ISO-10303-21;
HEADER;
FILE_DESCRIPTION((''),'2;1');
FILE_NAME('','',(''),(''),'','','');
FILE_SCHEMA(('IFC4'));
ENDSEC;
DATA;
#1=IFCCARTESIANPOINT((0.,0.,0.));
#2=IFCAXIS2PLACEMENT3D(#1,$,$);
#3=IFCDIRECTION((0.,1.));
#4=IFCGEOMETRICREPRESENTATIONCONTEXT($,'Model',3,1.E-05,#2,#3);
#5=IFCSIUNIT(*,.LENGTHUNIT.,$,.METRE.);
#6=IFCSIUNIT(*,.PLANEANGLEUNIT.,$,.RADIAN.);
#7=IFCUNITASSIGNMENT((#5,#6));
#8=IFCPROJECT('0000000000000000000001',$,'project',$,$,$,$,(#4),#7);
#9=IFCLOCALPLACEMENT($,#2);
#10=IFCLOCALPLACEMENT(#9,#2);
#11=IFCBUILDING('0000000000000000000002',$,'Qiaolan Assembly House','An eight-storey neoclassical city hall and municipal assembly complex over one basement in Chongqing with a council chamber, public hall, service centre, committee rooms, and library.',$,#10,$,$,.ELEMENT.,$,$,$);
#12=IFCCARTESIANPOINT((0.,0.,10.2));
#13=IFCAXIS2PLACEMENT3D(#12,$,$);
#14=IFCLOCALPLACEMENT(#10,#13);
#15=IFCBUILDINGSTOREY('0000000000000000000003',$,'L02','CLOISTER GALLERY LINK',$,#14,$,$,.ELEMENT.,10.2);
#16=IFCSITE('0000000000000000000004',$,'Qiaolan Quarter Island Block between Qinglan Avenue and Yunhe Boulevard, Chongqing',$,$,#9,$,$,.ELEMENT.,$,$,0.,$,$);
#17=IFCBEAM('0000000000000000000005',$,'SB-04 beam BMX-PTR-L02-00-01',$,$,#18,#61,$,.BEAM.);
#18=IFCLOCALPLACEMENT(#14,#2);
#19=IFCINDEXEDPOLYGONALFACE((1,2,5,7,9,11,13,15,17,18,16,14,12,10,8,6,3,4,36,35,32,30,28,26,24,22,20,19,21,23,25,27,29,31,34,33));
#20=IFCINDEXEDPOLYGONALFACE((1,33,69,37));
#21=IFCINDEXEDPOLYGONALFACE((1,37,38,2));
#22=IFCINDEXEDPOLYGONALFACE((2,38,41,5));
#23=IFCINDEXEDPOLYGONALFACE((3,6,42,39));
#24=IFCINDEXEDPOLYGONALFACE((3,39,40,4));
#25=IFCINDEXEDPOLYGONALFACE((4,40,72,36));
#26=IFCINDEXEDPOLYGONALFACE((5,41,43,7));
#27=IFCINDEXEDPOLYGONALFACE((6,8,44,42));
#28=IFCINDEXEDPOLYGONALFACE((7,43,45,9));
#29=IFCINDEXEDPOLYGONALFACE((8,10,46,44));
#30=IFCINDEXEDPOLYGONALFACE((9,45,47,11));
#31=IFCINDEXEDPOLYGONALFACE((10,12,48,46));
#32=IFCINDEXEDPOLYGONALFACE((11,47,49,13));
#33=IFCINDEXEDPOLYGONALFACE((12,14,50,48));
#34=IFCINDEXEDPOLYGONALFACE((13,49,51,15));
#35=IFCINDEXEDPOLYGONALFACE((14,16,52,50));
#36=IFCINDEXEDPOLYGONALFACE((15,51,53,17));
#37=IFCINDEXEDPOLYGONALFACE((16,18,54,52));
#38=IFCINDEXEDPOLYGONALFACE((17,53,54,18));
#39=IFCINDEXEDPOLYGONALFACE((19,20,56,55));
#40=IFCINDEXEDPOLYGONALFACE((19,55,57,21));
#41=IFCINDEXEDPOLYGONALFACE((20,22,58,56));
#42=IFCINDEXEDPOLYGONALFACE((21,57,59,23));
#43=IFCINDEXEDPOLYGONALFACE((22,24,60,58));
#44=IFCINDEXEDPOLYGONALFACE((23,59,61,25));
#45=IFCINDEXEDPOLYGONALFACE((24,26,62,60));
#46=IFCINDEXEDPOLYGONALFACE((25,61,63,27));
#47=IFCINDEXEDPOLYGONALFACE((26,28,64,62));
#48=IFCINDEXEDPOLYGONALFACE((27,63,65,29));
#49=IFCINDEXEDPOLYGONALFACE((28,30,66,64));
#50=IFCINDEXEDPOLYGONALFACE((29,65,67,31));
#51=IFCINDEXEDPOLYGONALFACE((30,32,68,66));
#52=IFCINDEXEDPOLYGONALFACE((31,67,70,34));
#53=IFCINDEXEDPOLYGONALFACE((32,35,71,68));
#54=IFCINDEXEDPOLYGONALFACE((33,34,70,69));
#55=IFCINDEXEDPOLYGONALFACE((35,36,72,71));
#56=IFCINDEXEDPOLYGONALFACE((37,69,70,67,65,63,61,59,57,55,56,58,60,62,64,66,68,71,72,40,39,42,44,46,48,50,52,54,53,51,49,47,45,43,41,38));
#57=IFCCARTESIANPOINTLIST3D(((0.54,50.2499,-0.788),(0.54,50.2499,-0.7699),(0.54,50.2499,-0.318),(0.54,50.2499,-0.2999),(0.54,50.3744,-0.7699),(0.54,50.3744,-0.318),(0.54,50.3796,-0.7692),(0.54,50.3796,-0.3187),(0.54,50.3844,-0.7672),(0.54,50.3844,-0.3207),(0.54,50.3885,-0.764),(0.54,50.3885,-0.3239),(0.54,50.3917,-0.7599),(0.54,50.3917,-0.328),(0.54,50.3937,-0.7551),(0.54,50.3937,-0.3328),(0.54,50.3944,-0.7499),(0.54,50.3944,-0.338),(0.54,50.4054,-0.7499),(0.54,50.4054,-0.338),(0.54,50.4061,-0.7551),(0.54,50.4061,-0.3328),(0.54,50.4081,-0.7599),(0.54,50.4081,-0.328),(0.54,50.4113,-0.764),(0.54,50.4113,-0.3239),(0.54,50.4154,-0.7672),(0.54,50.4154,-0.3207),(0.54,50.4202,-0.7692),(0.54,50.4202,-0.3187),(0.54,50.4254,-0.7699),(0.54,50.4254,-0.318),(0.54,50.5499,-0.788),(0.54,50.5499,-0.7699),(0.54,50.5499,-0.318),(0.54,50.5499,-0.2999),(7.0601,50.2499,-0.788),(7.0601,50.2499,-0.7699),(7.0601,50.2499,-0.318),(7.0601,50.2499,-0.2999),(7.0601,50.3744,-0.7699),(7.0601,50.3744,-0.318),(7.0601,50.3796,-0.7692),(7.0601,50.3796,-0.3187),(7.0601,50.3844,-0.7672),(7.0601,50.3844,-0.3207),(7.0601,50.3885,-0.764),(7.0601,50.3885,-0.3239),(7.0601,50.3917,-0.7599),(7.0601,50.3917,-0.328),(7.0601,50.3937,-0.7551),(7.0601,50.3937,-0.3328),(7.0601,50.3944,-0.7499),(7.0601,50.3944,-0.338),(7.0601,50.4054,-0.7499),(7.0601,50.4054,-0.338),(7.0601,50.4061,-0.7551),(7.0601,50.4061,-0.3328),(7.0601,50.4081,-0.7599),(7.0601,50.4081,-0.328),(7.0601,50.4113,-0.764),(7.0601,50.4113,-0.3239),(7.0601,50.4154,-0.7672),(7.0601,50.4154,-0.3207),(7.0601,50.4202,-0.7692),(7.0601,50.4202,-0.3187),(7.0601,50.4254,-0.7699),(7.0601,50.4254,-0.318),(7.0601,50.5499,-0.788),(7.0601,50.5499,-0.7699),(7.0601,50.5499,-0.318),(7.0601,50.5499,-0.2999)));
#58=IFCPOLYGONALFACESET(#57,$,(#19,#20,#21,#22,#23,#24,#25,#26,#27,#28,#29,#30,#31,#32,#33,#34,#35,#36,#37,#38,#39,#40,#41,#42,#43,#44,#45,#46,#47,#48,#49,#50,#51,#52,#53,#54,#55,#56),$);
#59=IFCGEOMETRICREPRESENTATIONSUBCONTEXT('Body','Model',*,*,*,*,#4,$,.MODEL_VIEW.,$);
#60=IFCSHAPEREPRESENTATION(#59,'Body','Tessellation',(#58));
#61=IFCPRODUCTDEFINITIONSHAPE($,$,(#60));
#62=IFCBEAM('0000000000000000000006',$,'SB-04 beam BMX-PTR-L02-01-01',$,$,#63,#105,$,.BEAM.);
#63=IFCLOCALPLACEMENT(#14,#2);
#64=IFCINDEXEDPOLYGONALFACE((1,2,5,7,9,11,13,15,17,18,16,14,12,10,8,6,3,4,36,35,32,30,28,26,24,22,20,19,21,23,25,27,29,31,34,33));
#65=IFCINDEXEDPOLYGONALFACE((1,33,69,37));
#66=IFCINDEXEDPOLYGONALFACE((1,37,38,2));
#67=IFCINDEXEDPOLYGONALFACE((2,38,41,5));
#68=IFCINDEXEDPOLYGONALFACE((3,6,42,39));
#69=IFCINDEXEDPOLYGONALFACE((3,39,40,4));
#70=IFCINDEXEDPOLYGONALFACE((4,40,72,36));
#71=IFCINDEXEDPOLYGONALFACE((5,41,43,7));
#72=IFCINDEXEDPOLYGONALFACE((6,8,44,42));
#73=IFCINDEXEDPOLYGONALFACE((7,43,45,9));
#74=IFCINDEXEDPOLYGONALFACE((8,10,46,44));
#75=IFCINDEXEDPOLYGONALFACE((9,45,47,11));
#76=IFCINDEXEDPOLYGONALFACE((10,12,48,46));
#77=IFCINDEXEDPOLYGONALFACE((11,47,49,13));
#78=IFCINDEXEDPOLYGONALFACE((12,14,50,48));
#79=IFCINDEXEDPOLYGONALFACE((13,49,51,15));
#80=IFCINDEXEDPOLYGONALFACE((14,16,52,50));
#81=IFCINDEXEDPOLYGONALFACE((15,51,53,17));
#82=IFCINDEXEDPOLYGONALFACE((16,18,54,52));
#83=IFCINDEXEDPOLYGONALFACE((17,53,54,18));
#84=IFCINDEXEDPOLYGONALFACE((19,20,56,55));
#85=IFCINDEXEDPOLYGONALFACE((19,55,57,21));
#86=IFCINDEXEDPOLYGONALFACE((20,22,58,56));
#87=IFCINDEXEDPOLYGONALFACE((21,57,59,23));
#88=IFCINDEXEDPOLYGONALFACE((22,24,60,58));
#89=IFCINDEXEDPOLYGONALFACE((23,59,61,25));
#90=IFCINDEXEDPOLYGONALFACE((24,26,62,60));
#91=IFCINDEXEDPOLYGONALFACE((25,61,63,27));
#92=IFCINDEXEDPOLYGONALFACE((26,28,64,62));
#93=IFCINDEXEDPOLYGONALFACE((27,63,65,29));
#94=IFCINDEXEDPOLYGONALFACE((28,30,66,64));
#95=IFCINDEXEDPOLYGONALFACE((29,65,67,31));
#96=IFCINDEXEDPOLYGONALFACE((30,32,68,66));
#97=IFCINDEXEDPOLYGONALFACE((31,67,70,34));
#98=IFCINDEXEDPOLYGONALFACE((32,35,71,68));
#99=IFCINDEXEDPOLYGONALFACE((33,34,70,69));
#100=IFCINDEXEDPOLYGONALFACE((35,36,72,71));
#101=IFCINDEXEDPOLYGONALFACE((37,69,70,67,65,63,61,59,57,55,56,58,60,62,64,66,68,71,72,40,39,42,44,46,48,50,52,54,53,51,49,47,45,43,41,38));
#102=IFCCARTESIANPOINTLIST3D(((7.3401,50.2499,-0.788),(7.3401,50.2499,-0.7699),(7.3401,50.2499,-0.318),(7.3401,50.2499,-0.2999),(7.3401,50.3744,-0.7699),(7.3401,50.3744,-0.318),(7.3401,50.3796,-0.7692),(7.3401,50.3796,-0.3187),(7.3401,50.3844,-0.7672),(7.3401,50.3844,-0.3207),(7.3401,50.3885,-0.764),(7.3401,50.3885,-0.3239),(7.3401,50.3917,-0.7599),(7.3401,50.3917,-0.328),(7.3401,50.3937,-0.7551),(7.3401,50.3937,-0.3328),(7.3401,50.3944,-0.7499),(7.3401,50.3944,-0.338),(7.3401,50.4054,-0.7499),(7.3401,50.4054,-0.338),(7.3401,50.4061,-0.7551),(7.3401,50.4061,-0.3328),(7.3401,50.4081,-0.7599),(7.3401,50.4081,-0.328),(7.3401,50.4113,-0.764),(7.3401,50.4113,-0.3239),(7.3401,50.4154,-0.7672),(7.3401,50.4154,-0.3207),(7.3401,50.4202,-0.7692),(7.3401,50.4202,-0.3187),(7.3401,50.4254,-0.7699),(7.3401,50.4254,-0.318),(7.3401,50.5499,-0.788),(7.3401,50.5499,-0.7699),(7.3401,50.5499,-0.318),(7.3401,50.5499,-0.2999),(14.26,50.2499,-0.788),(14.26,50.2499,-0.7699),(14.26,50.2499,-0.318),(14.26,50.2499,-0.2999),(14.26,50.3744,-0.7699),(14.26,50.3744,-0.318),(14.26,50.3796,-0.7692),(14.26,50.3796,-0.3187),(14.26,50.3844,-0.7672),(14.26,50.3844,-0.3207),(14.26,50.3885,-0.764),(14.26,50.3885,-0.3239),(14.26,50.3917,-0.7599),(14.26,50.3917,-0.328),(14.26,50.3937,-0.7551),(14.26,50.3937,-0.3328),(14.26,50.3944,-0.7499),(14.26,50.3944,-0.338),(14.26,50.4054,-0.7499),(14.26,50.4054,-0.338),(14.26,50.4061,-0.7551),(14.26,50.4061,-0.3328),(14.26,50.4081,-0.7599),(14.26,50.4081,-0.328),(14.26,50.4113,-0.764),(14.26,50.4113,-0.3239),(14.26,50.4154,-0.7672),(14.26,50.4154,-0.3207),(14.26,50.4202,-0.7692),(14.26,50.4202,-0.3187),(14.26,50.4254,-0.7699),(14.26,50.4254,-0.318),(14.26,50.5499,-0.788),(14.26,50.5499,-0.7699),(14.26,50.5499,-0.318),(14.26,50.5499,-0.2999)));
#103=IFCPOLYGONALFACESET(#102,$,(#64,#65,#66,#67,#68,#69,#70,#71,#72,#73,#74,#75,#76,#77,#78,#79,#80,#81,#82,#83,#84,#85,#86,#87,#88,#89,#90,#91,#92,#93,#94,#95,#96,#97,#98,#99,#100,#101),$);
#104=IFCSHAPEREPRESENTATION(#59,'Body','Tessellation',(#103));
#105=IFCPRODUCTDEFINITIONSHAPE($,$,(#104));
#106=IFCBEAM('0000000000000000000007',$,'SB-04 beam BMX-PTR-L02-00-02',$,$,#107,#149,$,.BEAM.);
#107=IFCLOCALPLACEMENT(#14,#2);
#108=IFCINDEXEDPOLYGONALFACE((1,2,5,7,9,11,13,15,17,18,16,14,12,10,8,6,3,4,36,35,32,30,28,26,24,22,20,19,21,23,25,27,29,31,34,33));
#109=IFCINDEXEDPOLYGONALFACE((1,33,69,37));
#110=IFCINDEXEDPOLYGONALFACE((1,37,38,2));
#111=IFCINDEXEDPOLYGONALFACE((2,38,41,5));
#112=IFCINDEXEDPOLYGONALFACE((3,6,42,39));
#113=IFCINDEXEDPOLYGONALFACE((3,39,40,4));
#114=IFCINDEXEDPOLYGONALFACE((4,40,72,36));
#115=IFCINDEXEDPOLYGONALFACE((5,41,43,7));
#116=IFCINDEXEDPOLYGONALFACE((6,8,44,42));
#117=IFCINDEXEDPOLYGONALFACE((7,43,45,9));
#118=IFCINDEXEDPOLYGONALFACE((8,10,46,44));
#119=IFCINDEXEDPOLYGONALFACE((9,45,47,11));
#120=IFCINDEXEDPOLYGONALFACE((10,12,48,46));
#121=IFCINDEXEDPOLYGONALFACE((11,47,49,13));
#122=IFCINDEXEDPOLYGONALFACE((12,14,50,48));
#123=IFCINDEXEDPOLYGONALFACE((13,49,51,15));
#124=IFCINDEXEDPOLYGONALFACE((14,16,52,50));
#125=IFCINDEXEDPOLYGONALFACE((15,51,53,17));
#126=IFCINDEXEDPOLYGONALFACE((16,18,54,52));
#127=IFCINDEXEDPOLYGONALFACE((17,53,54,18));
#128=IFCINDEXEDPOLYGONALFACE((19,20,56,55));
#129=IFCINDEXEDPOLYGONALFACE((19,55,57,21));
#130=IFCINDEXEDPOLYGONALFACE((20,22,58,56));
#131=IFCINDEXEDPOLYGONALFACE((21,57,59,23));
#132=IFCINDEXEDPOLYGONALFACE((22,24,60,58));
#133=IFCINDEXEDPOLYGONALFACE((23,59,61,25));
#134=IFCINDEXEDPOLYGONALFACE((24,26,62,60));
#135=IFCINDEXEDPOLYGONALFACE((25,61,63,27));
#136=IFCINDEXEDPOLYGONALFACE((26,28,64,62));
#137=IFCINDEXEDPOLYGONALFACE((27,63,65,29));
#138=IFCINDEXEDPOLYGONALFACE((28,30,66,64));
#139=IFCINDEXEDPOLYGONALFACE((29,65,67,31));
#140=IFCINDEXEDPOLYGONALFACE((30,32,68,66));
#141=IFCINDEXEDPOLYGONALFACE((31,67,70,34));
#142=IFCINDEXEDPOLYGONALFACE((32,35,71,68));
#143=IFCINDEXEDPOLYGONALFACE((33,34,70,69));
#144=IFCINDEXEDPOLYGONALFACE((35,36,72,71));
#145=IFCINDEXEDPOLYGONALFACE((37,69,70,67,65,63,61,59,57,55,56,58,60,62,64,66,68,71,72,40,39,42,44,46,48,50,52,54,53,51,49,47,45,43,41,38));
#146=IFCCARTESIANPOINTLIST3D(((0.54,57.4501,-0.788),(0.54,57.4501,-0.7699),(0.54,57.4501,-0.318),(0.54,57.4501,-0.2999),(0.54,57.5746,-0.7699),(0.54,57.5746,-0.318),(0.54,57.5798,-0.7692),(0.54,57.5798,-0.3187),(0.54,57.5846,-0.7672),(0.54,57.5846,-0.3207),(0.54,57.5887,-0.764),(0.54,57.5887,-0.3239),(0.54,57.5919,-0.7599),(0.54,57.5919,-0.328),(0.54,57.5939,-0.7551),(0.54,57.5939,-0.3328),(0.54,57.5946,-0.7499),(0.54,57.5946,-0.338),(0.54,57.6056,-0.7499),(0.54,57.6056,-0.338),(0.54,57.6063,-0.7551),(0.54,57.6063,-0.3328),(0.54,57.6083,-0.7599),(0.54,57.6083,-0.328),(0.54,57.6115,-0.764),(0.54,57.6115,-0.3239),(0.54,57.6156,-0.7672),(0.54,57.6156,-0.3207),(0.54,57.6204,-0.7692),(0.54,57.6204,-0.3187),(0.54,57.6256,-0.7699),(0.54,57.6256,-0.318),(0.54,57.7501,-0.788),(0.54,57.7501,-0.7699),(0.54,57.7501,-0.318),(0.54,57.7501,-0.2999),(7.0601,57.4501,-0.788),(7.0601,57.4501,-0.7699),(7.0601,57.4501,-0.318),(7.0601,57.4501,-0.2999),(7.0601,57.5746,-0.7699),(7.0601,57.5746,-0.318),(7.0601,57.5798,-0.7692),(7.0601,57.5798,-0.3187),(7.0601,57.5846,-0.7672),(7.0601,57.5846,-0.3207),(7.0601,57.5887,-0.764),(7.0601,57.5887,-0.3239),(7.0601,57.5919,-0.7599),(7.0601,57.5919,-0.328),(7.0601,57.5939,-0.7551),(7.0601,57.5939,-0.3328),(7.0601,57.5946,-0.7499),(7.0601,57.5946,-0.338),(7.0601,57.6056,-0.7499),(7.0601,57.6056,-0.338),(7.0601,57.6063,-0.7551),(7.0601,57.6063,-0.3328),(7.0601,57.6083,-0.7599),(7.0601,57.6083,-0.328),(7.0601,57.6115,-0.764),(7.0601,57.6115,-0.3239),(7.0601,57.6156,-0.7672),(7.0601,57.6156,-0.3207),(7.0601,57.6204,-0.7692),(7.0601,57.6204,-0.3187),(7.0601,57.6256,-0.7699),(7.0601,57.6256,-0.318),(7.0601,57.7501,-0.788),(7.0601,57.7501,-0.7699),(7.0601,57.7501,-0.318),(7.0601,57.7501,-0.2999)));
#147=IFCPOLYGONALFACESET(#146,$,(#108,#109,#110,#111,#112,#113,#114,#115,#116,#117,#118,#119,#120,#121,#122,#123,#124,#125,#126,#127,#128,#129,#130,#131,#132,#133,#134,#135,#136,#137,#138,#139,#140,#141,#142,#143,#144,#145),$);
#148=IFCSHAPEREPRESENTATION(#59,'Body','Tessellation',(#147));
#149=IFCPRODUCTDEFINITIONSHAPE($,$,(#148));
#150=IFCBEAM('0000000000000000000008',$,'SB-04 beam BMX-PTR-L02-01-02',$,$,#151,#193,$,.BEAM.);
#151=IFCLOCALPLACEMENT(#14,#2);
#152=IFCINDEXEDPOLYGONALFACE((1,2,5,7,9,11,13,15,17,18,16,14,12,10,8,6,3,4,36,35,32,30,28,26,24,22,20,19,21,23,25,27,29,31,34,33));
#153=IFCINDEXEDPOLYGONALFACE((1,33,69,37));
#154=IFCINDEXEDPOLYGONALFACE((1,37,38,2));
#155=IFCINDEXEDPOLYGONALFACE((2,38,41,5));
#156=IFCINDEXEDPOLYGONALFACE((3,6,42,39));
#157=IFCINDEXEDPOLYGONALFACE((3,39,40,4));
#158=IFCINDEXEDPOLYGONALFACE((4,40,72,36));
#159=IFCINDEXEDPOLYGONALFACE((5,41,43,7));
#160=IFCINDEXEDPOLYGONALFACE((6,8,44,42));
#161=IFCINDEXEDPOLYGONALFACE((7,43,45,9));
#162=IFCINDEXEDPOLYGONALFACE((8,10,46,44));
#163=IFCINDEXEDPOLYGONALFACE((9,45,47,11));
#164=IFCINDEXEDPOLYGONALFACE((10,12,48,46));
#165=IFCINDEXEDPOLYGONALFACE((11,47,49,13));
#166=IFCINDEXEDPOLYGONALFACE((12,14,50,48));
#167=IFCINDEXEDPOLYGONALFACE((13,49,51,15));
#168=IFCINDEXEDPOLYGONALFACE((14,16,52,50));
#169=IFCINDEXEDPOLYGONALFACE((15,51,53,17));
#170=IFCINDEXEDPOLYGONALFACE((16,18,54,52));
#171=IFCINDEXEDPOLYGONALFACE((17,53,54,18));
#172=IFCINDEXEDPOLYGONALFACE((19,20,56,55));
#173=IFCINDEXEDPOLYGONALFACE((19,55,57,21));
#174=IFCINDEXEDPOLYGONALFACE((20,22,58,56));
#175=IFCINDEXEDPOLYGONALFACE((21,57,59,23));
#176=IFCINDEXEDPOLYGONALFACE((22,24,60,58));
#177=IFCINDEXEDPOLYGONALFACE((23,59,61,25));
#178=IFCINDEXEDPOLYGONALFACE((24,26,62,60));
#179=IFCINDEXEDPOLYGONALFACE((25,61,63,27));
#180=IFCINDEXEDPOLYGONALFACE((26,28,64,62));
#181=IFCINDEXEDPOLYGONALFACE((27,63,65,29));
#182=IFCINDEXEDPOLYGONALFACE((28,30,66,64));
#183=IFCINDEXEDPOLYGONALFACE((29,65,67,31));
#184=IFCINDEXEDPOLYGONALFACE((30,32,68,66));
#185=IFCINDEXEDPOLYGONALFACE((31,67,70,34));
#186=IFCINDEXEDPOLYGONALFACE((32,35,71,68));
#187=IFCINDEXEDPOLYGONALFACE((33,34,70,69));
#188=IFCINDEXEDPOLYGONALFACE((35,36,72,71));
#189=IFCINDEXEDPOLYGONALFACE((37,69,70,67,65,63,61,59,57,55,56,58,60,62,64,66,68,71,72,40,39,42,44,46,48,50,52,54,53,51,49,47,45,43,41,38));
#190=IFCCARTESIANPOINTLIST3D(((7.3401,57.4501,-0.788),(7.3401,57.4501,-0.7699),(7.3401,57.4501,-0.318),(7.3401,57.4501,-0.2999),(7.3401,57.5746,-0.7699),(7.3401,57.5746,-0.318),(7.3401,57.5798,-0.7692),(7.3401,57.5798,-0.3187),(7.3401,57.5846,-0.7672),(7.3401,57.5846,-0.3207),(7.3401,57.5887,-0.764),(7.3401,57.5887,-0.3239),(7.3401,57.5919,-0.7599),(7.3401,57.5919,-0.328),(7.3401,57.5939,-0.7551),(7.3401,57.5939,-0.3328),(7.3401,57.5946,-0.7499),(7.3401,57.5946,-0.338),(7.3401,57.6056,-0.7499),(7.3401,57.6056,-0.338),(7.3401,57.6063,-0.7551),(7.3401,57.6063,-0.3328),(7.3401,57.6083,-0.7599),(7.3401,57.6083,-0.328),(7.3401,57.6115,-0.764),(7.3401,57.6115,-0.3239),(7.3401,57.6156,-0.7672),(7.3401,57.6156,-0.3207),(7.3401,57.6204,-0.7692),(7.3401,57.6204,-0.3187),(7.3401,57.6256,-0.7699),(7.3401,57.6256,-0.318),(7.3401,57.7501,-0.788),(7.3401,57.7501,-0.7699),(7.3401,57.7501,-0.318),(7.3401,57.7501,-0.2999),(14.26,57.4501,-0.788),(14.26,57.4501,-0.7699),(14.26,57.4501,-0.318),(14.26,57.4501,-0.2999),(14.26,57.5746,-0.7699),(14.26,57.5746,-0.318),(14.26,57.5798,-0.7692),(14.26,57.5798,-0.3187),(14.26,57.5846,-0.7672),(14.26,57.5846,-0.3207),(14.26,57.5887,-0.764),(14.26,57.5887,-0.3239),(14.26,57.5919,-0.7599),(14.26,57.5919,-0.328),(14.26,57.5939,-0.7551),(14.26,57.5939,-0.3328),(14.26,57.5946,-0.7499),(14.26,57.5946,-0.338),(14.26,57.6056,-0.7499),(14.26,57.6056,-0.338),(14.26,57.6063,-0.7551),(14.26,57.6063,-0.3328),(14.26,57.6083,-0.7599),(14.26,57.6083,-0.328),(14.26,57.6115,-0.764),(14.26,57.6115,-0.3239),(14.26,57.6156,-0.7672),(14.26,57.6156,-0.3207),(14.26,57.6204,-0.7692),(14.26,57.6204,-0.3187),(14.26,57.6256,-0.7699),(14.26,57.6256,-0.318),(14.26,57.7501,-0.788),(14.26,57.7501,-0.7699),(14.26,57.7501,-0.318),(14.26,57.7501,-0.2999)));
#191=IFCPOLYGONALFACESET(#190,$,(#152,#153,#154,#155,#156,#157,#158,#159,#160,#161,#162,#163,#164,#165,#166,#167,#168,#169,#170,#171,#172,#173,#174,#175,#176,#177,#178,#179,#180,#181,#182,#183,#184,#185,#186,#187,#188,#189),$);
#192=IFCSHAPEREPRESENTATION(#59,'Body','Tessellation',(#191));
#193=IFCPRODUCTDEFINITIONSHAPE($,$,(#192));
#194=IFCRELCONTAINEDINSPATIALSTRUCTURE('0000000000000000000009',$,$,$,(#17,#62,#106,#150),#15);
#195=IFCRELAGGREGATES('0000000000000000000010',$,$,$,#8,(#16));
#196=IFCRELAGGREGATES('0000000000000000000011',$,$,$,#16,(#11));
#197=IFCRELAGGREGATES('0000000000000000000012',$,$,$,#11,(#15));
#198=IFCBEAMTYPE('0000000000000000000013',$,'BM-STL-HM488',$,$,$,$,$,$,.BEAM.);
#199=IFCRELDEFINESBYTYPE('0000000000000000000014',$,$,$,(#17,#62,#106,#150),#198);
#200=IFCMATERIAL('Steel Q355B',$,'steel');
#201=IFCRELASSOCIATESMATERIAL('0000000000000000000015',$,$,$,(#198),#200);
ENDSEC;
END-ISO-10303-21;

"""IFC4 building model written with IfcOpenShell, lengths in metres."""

from ifc_helpers import new_model, si_unit, direction, frame, origin, origin_2d, place, context, subcontext, project, spatial, i_section, extrude, material, material_profile, profile_set, type_object, element, save


model = new_model("IFC4")

# Units and contexts
model_context = context("Model", 3, precision=1e-05, world=origin(), true_north=direction((0.0, 1.0)))
body_context = subcontext(model_context, "Body", "Model", "MODEL_VIEW")
ifc_project = project(units=[si_unit("LENGTHUNIT", "METRE"), si_unit("PLANEANGLEUNIT", "RADIAN")], contexts=[model_context])

# Site, building, storey
site_placement = place(None, origin())
site = spatial("IfcSite", under=ifc_project, at=site_placement, Name="Qiaolan Quarter Island Block between Qinglan Avenue and Yunhe Boulevard, Chongqing", CompositionType="ELEMENT", RefElevation=0.0)
building_placement = place(site_placement, origin())
building = spatial("IfcBuilding", under=site, at=building_placement, Name="Qiaolan Assembly House", Description="An eight-storey neoclassical city hall and municipal assembly complex over one basement in Chongqing with a council chamber, public hall, service centre, committee rooms, and library.", CompositionType="ELEMENT")
storey_placement = place(building_placement, frame((0.0, 0.0, 10.2)))
storey = spatial("IfcBuildingStorey", under=building, at=storey_placement, Name="L02", Description="CLOISTER GALLERY LINK", CompositionType="ELEMENT", Elevation=10.2)

# Beams
ifc_material = material(Name="Steel Q355B", Category="steel")
ifc_material_profile_1 = material_profile(ifc_material, i_section(OverallWidth=0.3, OverallDepth=0.488, WebThickness=0.011, FlangeThickness=0.0181, FilletRadius=0.02, at=origin_2d()), Name="HM 488x300x11x18")
ifc_profile_set_1 = profile_set([ifc_material_profile_1], Name="Steel Q355B")
beam_type_1 = type_object("IfcBeamType", Name="BM-STL-HM488", PredefinedType="BEAM", material=ifc_profile_set_1)
beam_1_placement = place(storey_placement, frame((0.54, 50.3999, -0.5439), z_axis=(1.0, 0.0, 0.0), x_axis=(0.0, 1.0, 0.0)))
element("IfcBeam", 1, at=beam_1_placement, inside=storey, type_object=beam_type_1, Name="SB-04 beam BMX-PTR-L02-00-01", PredefinedType="BEAM", context=body_context, shape_type="SweptSolid", body=[
    extrude(i_section(OverallWidth=0.3, OverallDepth=0.488, WebThickness=0.011, FlangeThickness=0.0181, FilletRadius=0.02, at=origin_2d()), origin(), (0.0, 0.0, 1.0), 6.52),
])
beam_2_placement = place(storey_placement, frame((7.3401, 50.3999, -0.5439), z_axis=(1.0, 0.0, 0.0), x_axis=(0.0, 1.0, 0.0)))
element("IfcBeam", 2, at=beam_2_placement, inside=storey, type_object=beam_type_1, Name="SB-04 beam BMX-PTR-L02-01-01", PredefinedType="BEAM", context=body_context, shape_type="SweptSolid", body=[
    extrude(i_section(OverallWidth=0.3, OverallDepth=0.488, WebThickness=0.011, FlangeThickness=0.0181, FilletRadius=0.02, at=origin_2d()), origin(), (0.0, 0.0, 1.0), 6.9199),
])
beam_3_placement = place(storey_placement, frame((0.54, 57.6001, -0.5439), z_axis=(1.0, 0.0, 0.0), x_axis=(0.0, 1.0, 0.0)))
element("IfcBeam", 3, at=beam_3_placement, inside=storey, type_object=beam_type_1, Name="SB-04 beam BMX-PTR-L02-00-02", PredefinedType="BEAM", context=body_context, shape_type="SweptSolid", body=[
    extrude(i_section(OverallWidth=0.3, OverallDepth=0.488, WebThickness=0.011, FlangeThickness=0.0181, FilletRadius=0.02, at=origin_2d()), origin(), (0.0, 0.0, 1.0), 6.52),
])
beam_4_placement = place(storey_placement, frame((7.3401, 57.6001, -0.5439), z_axis=(1.0, 0.0, 0.0), x_axis=(0.0, 1.0, 0.0)))
element("IfcBeam", 4, at=beam_4_placement, inside=storey, type_object=beam_type_1, Name="SB-04 beam BMX-PTR-L02-01-02", PredefinedType="BEAM", context=body_context, shape_type="SweptSolid", body=[
    extrude(i_section(OverallWidth=0.3, OverallDepth=0.488, WebThickness=0.011, FlangeThickness=0.0181, FilletRadius=0.02, at=origin_2d()), origin(), (0.0, 0.0, 1.0), 6.9199),
])

save(model, "model.ifc")
